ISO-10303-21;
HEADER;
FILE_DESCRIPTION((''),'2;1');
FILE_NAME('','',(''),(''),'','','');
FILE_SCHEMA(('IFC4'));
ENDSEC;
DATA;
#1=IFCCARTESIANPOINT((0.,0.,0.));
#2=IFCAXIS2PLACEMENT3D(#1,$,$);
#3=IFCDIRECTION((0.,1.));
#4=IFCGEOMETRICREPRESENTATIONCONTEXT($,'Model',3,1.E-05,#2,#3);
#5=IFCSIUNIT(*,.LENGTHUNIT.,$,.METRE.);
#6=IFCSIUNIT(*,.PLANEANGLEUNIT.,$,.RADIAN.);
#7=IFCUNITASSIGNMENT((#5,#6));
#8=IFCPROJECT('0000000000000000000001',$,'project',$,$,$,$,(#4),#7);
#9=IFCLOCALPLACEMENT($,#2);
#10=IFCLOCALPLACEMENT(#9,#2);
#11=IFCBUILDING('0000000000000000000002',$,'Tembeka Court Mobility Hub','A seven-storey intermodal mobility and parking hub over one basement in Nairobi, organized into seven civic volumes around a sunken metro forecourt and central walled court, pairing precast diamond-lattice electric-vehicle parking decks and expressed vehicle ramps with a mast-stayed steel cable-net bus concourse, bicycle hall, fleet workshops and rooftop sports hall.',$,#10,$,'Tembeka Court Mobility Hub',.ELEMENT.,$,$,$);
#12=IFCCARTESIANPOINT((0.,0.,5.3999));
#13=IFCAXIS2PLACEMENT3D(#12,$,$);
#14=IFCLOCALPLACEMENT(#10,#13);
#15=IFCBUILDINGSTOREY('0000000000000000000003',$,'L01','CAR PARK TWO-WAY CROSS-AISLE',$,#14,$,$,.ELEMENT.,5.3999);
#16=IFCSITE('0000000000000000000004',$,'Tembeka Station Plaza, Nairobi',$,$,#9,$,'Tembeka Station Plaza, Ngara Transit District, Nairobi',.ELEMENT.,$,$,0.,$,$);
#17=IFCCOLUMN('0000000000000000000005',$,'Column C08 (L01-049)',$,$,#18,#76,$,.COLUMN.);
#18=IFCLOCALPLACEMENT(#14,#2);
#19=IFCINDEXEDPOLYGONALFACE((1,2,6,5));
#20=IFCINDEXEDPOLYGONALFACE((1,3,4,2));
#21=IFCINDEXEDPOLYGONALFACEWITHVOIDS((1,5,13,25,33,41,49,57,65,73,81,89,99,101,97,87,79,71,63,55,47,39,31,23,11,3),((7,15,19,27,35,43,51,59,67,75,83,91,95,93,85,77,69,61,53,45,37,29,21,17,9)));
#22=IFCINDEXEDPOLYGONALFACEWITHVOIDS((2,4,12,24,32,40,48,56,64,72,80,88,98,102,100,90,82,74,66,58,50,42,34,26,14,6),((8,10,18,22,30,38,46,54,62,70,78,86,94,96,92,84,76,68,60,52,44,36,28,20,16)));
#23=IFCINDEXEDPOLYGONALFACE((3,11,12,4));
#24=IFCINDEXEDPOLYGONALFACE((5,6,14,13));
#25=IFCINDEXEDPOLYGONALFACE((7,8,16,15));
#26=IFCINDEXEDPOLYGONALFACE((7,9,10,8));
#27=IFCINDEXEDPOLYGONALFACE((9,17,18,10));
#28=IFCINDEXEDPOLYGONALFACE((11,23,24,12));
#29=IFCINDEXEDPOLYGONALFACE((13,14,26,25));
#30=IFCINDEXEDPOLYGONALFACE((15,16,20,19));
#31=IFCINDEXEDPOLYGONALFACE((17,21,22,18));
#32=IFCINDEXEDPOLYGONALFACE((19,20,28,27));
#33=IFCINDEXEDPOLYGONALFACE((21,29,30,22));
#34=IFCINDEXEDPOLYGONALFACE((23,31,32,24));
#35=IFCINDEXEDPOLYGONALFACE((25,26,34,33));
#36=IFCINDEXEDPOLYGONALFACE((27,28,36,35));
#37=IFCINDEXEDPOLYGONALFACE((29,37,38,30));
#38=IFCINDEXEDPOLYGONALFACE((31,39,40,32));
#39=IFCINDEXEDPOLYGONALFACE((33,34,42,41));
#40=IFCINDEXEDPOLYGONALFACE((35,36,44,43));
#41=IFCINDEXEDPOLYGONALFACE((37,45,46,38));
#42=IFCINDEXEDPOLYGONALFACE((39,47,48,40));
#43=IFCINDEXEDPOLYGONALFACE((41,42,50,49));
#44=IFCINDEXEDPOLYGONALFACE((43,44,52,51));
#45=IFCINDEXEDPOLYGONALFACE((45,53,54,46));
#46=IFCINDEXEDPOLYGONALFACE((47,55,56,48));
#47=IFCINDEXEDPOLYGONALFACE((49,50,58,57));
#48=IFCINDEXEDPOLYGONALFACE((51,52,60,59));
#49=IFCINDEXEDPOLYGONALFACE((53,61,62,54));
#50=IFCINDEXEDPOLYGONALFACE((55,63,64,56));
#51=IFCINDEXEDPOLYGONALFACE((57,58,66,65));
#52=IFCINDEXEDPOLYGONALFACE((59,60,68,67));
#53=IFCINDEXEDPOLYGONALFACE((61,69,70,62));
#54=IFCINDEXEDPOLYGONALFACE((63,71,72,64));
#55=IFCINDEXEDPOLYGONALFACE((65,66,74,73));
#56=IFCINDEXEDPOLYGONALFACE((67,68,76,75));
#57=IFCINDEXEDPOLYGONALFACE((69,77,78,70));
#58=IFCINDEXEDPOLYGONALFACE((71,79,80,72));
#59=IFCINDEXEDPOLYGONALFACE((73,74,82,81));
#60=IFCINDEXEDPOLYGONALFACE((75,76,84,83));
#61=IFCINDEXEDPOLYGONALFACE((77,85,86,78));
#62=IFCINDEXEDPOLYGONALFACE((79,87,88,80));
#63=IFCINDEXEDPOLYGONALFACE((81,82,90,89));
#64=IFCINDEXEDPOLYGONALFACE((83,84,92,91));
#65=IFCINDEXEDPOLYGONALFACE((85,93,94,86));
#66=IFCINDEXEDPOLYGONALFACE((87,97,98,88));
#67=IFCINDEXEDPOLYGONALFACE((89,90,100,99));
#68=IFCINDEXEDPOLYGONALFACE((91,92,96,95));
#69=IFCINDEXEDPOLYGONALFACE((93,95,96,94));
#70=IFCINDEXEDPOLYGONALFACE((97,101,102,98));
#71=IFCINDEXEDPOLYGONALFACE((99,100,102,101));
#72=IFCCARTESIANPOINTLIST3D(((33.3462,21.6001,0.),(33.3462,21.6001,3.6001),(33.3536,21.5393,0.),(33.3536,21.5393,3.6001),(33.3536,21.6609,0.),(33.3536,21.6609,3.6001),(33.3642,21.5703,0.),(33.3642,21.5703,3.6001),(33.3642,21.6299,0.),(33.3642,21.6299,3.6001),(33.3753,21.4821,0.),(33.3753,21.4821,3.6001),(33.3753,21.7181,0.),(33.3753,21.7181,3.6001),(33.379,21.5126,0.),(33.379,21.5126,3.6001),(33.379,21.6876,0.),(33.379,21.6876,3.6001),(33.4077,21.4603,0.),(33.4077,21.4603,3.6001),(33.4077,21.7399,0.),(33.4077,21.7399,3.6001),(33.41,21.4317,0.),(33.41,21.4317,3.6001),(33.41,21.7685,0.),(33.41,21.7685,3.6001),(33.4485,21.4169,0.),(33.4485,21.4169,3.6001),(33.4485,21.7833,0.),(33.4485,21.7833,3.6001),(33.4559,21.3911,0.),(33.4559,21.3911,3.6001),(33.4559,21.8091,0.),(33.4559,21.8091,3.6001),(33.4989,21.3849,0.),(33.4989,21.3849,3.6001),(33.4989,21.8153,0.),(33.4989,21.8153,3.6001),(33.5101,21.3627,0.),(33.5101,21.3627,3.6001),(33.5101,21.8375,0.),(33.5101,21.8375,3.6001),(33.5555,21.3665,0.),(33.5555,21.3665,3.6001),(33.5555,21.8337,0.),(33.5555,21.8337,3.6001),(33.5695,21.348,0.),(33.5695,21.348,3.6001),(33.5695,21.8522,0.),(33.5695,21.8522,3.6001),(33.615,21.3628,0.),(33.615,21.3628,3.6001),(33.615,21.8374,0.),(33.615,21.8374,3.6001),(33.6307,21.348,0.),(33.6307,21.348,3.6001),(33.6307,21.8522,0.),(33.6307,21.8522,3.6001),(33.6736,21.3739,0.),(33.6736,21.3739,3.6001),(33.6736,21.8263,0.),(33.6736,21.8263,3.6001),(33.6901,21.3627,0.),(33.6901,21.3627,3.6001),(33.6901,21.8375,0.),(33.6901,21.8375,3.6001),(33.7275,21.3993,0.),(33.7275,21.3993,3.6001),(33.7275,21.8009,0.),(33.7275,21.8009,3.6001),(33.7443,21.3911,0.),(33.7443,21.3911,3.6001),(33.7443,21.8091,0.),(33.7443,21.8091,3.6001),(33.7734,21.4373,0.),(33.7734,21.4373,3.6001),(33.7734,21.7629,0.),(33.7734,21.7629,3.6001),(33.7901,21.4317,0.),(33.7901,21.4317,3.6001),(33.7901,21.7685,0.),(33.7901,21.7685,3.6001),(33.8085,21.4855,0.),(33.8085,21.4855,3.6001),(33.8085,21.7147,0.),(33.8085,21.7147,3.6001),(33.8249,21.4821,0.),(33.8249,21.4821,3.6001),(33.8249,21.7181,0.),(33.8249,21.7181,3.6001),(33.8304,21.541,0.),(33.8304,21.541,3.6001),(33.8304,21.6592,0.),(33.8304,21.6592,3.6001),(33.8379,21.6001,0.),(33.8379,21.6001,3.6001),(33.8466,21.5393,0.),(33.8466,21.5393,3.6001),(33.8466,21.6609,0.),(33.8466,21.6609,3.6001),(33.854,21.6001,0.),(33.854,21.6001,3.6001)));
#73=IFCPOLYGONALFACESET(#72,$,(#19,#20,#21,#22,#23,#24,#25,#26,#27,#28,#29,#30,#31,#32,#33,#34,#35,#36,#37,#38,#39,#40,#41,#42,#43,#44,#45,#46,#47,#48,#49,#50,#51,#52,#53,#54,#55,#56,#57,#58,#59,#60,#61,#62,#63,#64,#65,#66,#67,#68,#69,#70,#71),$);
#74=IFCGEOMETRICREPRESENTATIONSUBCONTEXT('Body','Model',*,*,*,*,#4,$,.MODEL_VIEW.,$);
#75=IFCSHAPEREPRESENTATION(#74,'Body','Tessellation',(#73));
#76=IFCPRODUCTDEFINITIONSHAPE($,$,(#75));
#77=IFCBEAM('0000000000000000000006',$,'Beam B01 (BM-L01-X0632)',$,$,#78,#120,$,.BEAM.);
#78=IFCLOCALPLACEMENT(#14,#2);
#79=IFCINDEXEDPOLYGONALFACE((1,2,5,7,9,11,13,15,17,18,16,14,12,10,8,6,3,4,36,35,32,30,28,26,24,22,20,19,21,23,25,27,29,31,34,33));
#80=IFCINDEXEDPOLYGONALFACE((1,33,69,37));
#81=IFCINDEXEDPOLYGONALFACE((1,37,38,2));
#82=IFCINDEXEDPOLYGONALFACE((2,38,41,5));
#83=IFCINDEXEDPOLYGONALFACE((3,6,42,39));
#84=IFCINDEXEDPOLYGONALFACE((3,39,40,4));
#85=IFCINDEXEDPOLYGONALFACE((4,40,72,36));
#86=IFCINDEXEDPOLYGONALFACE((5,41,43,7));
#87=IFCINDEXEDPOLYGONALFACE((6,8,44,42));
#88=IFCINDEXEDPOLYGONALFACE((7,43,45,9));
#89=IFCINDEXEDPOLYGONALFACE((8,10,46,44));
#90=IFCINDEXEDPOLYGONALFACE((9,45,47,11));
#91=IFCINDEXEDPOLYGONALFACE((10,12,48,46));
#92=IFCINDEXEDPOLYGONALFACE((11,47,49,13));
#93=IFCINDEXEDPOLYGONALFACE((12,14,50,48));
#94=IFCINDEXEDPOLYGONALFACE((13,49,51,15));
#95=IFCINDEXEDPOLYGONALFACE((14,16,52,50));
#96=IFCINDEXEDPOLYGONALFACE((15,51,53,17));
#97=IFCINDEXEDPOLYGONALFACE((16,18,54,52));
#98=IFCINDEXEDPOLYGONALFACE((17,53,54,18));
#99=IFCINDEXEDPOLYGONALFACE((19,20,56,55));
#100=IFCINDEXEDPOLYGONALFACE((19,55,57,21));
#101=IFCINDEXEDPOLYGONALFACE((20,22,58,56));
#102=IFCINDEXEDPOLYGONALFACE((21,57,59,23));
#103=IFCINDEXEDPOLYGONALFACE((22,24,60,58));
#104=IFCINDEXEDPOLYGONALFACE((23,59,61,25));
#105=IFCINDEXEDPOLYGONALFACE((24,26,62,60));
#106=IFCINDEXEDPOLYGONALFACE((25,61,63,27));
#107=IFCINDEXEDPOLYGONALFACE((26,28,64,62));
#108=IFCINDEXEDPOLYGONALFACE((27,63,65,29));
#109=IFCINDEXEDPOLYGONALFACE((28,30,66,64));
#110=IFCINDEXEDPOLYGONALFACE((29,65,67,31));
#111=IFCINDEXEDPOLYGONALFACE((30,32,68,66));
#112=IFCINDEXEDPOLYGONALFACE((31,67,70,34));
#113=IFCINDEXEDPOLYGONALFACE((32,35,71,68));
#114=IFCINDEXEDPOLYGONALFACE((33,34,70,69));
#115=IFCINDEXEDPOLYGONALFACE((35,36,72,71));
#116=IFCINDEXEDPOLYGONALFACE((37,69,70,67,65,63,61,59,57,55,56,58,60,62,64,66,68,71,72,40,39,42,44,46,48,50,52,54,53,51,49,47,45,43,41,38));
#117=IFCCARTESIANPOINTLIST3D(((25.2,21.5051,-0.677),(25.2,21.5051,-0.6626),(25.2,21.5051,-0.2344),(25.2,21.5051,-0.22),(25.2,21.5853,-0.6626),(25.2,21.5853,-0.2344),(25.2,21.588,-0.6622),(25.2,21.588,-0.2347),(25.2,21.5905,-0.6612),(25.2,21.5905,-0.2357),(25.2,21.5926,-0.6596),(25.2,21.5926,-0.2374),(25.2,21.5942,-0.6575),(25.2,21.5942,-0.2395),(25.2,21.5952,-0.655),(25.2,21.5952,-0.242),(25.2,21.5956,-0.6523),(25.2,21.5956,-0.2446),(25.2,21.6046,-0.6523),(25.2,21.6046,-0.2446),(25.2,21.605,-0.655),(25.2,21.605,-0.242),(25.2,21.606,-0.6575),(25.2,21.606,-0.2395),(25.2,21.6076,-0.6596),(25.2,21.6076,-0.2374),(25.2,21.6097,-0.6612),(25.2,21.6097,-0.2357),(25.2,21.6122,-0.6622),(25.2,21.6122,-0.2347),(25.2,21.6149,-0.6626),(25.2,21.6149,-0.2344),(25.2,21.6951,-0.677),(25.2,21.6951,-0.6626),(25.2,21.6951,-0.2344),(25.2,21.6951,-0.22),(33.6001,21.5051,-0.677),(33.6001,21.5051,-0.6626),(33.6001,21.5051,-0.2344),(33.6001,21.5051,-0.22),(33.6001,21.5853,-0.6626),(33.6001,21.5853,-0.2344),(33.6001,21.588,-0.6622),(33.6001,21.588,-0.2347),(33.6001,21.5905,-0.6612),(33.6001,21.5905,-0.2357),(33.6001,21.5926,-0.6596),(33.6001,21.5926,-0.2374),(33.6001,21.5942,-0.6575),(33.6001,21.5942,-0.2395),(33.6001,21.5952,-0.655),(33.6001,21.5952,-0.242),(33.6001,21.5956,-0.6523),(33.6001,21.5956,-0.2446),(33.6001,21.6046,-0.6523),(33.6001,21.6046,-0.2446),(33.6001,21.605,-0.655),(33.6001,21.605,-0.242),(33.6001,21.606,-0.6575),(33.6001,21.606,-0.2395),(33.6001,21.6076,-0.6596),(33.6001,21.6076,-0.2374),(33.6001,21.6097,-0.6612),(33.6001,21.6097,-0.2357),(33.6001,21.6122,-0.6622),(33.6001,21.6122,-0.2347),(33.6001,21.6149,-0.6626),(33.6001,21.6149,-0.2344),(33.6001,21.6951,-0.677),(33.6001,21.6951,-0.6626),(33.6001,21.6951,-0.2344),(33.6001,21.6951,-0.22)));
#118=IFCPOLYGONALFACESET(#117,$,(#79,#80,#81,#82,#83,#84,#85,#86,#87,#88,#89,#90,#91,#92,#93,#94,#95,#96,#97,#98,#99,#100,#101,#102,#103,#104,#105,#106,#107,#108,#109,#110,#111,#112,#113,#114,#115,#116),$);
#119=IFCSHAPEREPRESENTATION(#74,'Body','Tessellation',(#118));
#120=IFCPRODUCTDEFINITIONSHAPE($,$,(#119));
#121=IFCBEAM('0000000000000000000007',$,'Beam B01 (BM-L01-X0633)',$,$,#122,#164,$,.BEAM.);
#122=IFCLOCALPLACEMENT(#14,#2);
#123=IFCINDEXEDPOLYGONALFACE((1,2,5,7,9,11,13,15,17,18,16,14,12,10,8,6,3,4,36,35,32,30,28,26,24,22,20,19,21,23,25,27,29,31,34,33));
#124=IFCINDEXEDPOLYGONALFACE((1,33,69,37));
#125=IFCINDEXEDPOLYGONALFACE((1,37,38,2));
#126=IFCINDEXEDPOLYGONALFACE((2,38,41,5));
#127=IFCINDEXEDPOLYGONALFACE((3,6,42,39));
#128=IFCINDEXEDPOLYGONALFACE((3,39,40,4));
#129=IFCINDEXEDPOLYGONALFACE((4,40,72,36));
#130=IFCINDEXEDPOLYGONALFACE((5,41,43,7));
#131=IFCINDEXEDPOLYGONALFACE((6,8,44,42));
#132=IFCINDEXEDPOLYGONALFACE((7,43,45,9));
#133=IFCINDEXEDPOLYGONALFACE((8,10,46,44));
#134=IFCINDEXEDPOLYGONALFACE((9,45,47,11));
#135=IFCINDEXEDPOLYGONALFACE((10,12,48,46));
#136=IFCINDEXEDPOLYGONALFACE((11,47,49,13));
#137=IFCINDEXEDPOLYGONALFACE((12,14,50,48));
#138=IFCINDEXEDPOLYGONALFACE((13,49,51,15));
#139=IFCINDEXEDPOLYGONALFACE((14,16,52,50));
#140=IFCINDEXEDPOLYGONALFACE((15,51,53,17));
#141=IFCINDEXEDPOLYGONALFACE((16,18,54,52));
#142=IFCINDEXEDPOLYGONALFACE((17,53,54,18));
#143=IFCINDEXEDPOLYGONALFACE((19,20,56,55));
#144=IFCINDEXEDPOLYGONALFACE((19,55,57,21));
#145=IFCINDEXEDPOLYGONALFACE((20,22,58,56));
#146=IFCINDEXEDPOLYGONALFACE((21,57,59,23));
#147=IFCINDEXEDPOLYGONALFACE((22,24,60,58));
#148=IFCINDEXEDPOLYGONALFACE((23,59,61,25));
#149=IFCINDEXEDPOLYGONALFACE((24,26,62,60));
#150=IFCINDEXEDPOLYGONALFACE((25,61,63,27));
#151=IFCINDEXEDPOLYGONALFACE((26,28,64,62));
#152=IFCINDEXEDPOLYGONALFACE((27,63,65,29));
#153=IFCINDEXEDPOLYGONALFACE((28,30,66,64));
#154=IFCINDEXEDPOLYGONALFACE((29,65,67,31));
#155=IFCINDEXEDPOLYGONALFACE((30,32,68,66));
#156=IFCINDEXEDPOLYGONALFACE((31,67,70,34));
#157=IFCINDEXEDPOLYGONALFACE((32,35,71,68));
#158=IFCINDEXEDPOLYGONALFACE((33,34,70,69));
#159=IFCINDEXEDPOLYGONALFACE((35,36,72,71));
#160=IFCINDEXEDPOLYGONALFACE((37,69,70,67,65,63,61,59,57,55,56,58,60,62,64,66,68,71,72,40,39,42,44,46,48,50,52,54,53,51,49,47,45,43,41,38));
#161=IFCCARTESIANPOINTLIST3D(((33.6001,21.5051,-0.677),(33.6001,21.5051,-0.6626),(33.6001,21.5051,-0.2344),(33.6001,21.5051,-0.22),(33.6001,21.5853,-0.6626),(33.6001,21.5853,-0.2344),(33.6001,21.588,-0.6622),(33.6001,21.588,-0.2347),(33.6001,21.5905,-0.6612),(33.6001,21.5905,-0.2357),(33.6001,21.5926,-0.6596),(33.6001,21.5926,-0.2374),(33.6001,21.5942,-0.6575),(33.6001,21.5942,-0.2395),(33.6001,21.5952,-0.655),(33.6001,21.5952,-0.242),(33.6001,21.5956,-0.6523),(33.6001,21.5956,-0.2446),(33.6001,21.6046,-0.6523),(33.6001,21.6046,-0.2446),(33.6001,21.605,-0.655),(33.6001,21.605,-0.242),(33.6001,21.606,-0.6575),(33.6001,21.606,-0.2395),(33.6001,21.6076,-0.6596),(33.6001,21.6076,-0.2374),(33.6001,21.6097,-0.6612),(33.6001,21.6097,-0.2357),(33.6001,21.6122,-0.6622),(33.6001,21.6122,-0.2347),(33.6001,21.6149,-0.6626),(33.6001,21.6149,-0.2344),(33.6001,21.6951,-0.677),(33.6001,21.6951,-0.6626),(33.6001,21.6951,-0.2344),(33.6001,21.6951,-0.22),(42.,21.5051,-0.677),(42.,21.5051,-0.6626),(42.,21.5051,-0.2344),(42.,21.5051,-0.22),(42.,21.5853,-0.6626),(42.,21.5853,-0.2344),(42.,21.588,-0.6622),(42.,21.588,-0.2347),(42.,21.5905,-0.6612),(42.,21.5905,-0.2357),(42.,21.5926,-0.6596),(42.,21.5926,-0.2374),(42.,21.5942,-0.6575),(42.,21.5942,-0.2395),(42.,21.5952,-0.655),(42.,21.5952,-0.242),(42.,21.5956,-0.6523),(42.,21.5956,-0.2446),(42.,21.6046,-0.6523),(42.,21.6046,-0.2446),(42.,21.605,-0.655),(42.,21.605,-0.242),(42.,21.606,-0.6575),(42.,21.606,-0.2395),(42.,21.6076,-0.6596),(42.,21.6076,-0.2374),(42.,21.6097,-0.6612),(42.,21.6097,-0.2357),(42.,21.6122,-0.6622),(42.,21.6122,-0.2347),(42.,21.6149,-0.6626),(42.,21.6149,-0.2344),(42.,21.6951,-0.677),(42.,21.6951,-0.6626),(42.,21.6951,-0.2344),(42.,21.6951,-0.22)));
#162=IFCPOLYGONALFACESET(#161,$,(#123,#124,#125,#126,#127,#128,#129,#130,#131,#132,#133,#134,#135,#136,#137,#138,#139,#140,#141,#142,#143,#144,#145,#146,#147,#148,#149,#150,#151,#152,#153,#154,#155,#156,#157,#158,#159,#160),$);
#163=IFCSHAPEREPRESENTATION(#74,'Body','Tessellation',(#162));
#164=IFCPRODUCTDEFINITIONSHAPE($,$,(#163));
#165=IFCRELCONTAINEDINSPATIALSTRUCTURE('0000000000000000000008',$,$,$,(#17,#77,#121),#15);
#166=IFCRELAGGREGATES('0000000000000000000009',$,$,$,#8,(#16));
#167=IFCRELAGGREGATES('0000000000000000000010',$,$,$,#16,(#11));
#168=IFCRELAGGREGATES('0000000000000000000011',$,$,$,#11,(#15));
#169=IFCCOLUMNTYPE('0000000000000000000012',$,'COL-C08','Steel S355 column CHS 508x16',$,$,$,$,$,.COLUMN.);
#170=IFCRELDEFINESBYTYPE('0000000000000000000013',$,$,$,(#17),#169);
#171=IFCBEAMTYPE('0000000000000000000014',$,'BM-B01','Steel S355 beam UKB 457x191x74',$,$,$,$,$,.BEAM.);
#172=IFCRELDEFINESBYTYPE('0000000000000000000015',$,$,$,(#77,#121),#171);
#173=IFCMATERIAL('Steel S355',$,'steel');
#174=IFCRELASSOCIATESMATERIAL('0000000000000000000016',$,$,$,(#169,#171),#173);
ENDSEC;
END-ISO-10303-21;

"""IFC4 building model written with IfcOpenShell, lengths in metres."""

from ifc_helpers import new_model, si_unit, direction, frame, origin, origin_2d, place, context, subcontext, project, spatial, hollow_circle, i_section, extrude, material, material_profile, profile_set, type_object, element, save


model = new_model("IFC4")

# Units and contexts
model_context = context("Model", 3, precision=1e-05, world=origin(), true_north=direction((0.0, 1.0)))
body_context = subcontext(model_context, "Body", "Model", "MODEL_VIEW")
ifc_project = project(units=[si_unit("LENGTHUNIT", "METRE"), si_unit("PLANEANGLEUNIT", "RADIAN")], contexts=[model_context])

# Site, building, storey
site_placement = place(None, origin())
site = spatial("IfcSite", under=ifc_project, at=site_placement, Name="Tembeka Station Plaza, Nairobi", LongName="Tembeka Station Plaza, Ngara Transit District, Nairobi", CompositionType="ELEMENT", RefElevation=0.0)
building_placement = place(site_placement, origin())
building = spatial("IfcBuilding", under=site, at=building_placement, Name="Tembeka Court Mobility Hub", Description="A seven-storey intermodal mobility and parking hub over one basement in Nairobi, organized into seven civic volumes around a sunken metro forecourt and central walled court, pairing precast diamond-lattice electric-vehicle parking decks and expressed vehicle ramps with a mast-stayed steel cable-net bus concourse, bicycle hall, fleet workshops and rooftop sports hall.", LongName="Tembeka Court Mobility Hub", CompositionType="ELEMENT")
storey_placement = place(building_placement, frame((0.0, 0.0, 5.3999)))
storey = spatial("IfcBuildingStorey", under=building, at=storey_placement, Name="L01", Description="CAR PARK TWO-WAY CROSS-AISLE", CompositionType="ELEMENT", Elevation=5.3999)

# Column
ifc_material_1 = material(Name="Steel S355", Category="steel")
ifc_material_profile_1 = material_profile(ifc_material_1, hollow_circle(Radius=0.2539, WallThickness=0.0161, at=origin_2d()), Name="CHS 508x16")
ifc_profile_set_1 = profile_set([ifc_material_profile_1], Name="Steel S355")
column_type_1 = type_object("IfcColumnType", Name="COL-C08", Description="Steel S355 column CHS 508x16", PredefinedType="COLUMN", material=ifc_profile_set_1)
column_1_placement = place(storey_placement, frame((33.6001, 21.6001, 0.0), z_axis=(0.0, 0.0, 1.0), x_axis=(1.0, 0.0, 0.0)))
element("IfcColumn", 1, at=column_1_placement, inside=storey, type_object=column_type_1, Name="Column C08 (L01-049)", PredefinedType="COLUMN", context=body_context, shape_type="SweptSolid", body=[
    extrude(hollow_circle(Radius=0.2539, WallThickness=0.0161, at=origin_2d()), origin(), (0.0, 0.0, 1.0), 3.6001),
])

# Beams
ifc_material_profile_2 = material_profile(ifc_material_1, i_section(OverallWidth=0.1899, OverallDepth=0.457, WebThickness=0.009, FlangeThickness=0.0144, FilletRadius=0.0103, at=origin_2d()), Name="UKB 457x191x74")
ifc_profile_set_2 = profile_set([ifc_material_profile_2], Name="Steel S355")
beam_type_1 = type_object("IfcBeamType", Name="BM-B01", Description="Steel S355 beam UKB 457x191x74", PredefinedType="BEAM", material=ifc_profile_set_2)
beam_1_placement = place(storey_placement, frame((25.2, 21.6001, -0.4485), z_axis=(1.0, 0.0, 0.0), x_axis=(0.0, 1.0, 0.0)))
element("IfcBeam", 2, at=beam_1_placement, inside=storey, type_object=beam_type_1, Name="Beam B01 (BM-L01-X0632)", PredefinedType="BEAM", context=body_context, shape_type="SweptSolid", body=[
    extrude(i_section(OverallWidth=0.1899, OverallDepth=0.457, WebThickness=0.009, FlangeThickness=0.0144, FilletRadius=0.0103, at=origin_2d()), origin(), (0.0, 0.0, 1.0), 8.4001),
])
beam_2_placement = place(storey_placement, frame((33.6001, 21.6001, -0.4485), z_axis=(1.0, 0.0, 0.0), x_axis=(0.0, 1.0, 0.0)))
element("IfcBeam", 3, at=beam_2_placement, inside=storey, type_object=beam_type_1, Name="Beam B01 (BM-L01-X0633)", PredefinedType="BEAM", context=body_context, shape_type="SweptSolid", body=[
    extrude(i_section(OverallWidth=0.1899, OverallDepth=0.457, WebThickness=0.009, FlangeThickness=0.0144, FilletRadius=0.0103, at=origin_2d()), origin(), (0.0, 0.0, 1.0), 8.3999),
])

save(model, "model.ifc")
